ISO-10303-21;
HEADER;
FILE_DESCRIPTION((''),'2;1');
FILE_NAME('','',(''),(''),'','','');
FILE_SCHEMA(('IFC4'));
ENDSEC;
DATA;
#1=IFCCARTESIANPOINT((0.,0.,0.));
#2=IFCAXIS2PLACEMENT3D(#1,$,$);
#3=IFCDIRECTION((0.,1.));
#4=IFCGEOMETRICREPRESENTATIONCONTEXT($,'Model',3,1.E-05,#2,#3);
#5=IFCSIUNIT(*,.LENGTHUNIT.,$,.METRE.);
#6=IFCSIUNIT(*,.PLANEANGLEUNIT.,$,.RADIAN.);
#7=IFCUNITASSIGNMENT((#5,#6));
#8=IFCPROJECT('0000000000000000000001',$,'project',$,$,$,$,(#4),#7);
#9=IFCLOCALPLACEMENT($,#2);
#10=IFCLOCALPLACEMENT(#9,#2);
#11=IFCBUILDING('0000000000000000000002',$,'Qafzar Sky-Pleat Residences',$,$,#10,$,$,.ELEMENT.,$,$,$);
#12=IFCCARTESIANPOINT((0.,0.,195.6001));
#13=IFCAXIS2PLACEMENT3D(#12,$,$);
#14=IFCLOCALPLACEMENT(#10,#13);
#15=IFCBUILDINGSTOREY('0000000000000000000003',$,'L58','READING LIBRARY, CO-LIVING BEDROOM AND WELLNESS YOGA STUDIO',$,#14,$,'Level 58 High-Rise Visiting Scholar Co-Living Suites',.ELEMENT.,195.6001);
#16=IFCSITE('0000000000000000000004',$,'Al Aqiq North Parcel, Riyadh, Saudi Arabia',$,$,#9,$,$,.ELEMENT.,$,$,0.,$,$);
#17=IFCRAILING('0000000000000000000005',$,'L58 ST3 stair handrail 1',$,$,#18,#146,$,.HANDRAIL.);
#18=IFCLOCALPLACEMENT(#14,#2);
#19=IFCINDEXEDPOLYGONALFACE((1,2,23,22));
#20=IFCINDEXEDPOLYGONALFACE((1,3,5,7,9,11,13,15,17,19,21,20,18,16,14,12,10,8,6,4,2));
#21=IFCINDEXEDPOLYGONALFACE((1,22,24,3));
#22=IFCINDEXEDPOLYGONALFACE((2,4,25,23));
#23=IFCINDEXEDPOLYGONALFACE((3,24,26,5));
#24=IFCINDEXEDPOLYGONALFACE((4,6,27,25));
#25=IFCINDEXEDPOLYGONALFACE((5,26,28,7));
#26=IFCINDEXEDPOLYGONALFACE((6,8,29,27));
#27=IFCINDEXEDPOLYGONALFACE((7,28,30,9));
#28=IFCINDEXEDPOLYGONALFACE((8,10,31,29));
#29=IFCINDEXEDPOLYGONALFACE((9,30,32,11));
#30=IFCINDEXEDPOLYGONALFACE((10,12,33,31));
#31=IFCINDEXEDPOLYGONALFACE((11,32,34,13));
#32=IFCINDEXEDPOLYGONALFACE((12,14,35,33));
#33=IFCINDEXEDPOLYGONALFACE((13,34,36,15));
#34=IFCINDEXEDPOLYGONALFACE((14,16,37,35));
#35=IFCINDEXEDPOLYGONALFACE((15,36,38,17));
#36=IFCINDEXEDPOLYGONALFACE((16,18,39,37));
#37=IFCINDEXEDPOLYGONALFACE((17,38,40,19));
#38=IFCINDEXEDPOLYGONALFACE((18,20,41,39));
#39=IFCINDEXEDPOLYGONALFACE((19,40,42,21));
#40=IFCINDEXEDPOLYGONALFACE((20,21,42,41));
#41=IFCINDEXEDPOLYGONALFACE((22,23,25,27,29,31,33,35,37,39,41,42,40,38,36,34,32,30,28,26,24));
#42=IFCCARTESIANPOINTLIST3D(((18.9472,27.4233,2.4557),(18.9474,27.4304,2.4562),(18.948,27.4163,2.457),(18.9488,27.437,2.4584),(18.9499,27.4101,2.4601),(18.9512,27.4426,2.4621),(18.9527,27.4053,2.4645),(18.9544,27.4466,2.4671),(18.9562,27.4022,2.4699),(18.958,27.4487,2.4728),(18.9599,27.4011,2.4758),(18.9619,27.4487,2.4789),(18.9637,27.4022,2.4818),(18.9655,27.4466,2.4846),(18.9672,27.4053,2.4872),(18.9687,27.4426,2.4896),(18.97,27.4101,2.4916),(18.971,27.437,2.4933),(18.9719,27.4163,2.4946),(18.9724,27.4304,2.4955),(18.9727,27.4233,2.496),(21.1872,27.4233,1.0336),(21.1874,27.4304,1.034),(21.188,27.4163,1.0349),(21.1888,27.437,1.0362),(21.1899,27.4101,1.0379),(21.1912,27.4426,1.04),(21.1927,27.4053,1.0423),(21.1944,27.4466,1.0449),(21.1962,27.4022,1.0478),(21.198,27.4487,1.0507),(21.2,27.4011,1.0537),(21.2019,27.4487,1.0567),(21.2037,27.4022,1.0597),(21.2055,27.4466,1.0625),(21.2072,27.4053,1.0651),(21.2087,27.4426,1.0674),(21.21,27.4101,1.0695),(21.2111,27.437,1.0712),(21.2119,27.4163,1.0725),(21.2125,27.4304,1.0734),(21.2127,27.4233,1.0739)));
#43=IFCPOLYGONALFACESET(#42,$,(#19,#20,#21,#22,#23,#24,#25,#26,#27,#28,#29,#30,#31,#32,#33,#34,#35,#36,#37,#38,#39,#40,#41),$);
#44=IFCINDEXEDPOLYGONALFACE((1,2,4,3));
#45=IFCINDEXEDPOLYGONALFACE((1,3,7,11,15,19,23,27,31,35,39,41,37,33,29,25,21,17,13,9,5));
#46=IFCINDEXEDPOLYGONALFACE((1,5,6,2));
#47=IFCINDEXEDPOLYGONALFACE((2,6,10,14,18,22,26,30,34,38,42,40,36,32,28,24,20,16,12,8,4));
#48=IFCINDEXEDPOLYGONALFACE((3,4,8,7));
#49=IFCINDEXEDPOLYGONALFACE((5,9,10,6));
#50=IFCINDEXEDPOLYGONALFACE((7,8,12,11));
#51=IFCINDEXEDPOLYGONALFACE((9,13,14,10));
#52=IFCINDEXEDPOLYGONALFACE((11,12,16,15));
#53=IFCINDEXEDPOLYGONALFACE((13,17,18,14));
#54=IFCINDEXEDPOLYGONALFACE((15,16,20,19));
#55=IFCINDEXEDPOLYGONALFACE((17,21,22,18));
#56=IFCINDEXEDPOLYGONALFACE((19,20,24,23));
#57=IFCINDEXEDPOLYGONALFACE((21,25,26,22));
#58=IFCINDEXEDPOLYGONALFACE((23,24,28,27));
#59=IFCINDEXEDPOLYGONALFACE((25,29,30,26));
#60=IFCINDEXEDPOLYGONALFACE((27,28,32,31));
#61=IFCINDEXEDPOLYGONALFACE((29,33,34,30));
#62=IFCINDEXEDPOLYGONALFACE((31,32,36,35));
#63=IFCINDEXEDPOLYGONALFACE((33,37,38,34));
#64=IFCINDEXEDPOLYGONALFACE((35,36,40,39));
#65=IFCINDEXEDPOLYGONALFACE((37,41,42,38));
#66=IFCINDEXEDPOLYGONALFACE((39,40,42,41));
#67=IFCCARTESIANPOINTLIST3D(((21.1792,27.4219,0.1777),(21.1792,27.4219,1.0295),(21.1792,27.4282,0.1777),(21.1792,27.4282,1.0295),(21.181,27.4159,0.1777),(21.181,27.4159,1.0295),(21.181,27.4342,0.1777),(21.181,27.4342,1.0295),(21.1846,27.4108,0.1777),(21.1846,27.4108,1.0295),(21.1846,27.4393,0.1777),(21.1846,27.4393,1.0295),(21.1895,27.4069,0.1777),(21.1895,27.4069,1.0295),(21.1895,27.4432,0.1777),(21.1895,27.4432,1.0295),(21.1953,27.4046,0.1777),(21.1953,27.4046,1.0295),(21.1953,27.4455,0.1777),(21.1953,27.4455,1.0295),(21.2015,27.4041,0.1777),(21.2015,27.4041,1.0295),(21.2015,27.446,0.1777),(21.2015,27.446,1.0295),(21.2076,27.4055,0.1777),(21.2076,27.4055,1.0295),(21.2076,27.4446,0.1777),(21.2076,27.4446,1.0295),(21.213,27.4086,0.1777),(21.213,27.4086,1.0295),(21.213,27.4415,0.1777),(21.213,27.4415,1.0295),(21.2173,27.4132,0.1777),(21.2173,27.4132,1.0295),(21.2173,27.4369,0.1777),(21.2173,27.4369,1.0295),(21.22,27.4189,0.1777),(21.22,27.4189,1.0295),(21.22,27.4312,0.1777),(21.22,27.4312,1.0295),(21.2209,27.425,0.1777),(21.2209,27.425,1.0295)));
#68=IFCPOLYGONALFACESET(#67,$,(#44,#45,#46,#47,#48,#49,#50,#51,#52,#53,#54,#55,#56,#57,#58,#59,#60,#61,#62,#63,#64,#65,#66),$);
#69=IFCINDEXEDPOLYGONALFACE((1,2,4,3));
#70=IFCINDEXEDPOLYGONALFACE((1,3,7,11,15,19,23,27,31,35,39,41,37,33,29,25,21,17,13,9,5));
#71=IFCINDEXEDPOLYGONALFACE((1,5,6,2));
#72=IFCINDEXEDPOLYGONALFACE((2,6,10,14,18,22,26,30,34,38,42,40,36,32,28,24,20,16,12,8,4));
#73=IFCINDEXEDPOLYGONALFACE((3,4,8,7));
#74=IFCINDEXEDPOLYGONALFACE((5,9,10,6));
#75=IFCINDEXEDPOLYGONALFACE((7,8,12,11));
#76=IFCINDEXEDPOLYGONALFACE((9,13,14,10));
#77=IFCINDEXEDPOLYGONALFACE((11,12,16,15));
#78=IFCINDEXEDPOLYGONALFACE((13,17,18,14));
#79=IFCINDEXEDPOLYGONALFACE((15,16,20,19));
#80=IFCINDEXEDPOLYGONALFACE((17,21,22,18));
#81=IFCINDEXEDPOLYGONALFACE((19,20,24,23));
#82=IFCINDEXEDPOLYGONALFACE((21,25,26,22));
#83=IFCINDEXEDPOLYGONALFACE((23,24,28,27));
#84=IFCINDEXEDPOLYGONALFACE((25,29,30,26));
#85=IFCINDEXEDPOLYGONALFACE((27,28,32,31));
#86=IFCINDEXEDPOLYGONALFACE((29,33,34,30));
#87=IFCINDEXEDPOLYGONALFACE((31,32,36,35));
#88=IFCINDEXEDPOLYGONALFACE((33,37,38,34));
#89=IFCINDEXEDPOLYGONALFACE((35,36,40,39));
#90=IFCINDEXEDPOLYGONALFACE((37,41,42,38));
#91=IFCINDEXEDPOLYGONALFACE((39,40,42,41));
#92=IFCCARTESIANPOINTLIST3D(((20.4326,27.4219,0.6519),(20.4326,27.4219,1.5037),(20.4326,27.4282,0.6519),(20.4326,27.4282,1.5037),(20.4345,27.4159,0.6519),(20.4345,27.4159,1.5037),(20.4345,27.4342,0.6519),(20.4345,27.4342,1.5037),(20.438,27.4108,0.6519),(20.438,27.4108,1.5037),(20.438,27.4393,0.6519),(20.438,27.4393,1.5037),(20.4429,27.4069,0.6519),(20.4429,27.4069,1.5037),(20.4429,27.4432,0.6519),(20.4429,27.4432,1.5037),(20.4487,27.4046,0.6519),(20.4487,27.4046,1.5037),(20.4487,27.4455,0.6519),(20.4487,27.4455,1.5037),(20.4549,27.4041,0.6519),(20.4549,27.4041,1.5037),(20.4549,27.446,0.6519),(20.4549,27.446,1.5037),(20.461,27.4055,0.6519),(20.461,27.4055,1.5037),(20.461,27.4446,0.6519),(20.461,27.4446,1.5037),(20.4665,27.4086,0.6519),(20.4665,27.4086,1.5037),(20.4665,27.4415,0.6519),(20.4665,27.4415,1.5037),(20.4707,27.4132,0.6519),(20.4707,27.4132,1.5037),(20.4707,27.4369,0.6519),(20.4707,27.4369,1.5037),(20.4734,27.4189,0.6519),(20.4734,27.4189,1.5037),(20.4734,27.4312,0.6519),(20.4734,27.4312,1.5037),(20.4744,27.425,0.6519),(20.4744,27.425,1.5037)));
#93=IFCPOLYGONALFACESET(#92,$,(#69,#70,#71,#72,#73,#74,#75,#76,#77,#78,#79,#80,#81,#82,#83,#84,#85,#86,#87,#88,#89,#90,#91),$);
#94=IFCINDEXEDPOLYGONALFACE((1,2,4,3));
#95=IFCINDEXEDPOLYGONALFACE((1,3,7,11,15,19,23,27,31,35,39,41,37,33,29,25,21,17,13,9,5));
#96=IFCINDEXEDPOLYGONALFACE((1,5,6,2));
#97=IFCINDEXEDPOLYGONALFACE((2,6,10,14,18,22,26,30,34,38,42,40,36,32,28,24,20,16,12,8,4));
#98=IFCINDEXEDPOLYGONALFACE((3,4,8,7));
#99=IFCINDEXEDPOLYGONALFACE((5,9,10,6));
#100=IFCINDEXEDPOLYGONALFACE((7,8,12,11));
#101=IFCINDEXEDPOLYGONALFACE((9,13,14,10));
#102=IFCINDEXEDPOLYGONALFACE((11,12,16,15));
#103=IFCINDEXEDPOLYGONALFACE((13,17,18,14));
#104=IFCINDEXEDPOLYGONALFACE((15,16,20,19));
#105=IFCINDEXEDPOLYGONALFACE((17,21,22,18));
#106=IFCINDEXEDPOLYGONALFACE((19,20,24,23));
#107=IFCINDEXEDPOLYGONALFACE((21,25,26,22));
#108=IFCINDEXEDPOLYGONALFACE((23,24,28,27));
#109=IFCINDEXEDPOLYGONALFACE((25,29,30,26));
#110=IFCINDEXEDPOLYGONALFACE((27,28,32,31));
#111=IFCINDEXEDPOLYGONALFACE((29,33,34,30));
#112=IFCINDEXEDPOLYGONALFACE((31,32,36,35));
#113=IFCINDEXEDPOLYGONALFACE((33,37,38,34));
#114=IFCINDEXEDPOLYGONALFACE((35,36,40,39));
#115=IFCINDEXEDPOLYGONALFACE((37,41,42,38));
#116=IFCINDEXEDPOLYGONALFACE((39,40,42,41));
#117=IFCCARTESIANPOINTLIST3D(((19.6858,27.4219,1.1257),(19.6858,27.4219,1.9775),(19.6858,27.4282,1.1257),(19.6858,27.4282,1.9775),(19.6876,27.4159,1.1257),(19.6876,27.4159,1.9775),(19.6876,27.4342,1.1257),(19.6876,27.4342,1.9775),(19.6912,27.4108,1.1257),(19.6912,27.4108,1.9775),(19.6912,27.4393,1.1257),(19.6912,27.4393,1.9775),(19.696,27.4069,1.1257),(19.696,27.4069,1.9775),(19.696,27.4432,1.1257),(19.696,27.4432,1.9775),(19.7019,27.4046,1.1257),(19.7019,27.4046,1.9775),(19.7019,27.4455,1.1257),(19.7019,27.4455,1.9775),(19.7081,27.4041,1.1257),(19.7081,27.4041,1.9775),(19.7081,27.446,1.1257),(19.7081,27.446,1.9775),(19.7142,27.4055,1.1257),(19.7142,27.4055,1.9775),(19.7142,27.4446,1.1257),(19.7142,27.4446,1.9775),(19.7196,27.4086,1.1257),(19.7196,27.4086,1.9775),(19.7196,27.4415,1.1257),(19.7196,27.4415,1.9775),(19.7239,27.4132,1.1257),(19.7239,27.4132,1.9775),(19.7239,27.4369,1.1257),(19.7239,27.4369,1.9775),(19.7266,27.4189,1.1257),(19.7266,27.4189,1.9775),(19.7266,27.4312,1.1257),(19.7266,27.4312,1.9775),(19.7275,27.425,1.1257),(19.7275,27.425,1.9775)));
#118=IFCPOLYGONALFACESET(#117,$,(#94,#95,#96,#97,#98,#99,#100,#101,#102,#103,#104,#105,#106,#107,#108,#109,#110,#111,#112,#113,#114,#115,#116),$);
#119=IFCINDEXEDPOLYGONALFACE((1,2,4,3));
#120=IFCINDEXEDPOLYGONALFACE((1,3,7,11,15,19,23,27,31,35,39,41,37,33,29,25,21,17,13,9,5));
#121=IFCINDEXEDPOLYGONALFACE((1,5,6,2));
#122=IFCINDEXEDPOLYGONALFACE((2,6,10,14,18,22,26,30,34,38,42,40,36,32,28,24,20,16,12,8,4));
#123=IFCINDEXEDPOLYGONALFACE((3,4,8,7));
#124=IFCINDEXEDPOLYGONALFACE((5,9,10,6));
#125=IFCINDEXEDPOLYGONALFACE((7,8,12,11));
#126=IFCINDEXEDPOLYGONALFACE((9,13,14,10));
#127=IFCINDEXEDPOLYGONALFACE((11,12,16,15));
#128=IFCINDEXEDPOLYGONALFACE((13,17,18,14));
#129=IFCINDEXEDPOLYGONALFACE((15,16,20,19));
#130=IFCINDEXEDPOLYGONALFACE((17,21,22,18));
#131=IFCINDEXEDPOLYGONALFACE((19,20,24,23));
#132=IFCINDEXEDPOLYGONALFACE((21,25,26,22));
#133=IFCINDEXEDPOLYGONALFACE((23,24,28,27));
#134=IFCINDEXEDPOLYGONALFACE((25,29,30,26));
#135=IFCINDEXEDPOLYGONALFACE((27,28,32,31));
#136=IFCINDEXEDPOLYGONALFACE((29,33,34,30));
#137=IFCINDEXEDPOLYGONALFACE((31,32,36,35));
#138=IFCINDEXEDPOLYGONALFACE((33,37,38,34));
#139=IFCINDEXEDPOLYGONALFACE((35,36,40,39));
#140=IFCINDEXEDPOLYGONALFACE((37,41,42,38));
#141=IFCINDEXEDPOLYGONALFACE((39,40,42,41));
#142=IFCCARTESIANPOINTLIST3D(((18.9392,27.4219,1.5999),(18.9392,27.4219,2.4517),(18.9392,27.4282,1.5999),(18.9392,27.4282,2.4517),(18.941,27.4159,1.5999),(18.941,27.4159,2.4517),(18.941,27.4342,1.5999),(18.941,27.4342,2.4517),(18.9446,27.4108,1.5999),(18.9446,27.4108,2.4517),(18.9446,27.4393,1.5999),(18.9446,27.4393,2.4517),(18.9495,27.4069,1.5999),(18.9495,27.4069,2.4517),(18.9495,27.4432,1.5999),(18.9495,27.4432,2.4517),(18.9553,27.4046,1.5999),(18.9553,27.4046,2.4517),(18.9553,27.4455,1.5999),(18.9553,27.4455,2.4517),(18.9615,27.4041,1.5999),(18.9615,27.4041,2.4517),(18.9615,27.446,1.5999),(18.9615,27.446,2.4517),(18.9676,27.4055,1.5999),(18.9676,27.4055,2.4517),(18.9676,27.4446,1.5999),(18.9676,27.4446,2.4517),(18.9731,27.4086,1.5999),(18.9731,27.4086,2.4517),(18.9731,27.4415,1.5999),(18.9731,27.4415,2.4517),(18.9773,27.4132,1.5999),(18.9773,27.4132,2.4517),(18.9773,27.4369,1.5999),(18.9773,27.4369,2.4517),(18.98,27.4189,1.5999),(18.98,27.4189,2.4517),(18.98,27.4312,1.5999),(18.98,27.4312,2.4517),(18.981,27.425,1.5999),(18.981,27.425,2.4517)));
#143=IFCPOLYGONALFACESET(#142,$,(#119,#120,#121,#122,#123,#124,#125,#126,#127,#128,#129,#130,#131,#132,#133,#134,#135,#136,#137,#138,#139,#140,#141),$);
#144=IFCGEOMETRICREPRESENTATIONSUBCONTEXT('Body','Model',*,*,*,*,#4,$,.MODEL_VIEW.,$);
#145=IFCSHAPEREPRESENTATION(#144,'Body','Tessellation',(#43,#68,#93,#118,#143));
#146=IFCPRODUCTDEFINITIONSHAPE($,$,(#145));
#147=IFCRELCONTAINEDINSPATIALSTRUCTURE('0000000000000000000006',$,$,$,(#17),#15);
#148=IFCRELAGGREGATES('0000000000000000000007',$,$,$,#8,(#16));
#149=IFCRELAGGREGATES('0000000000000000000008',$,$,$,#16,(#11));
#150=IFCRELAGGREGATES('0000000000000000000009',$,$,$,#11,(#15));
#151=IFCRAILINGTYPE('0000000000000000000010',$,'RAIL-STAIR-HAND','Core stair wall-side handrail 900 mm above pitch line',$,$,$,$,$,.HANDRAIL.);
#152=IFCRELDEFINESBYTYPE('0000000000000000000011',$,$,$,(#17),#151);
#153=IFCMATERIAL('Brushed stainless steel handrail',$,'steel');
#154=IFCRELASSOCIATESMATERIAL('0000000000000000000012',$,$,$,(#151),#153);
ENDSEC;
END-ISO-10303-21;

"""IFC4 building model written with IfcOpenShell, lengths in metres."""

from ifc_helpers import new_model, si_unit, direction, frame, origin, origin_2d, place, context, subcontext, project, spatial, circle, extrude, source, transform, mapped, material, type_object, element, save


model = new_model("IFC4")

# Units and contexts
model_context = context("Model", 3, precision=1e-05, world=origin(), true_north=direction((0.0, 1.0)))
body_context = subcontext(model_context, "Body", "Model", "MODEL_VIEW")
ifc_project = project(units=[si_unit("LENGTHUNIT", "METRE"), si_unit("PLANEANGLEUNIT", "RADIAN")], contexts=[model_context])

# Site, building, storey
site_placement = place(None, origin())
site = spatial("IfcSite", under=ifc_project, at=site_placement, Name="Al Aqiq North Parcel, Riyadh, Saudi Arabia", CompositionType="ELEMENT", RefElevation=0.0)
building_placement = place(site_placement, origin())
building = spatial("IfcBuilding", under=site, at=building_placement, Name="Qafzar Sky-Pleat Residences", CompositionType="ELEMENT")
storey_placement = place(building_placement, frame((0.0, 0.0, 195.6001)))
storey = spatial("IfcBuildingStorey", under=building, at=storey_placement, Name="L58", Description="READING LIBRARY, CO-LIVING BEDROOM AND WELLNESS YOGA STUDIO", LongName="Level 58 High-Rise Visiting Scholar Co-Living Suites", CompositionType="ELEMENT", Elevation=195.6001)

# Railing
ifc_material_1 = material(Name="Brushed stainless steel handrail", Category="steel")
railing_type_1 = type_object("IfcRailingType", Name="RAIL-STAIR-HAND", Description="Core stair wall-side handrail 900 mm above pitch line", PredefinedType="HANDRAIL", material=ifc_material_1)
shared_shape_1 = source(origin(), body_context, "Body", "SweptSolid", [
    extrude(circle(Radius=0.0239, at=origin_2d()), frame((0.0, 0.0, 0.876), z_axis=(-0.844229, 0.0, 0.535982), x_axis=(0.0, -1.0, 0.0)), (0.0, 0.0, 1.0), 2.6533),
    extrude(circle(Radius=0.021, at=origin_2d()), origin(), (0.0, 0.0, 1.0), 0.8518),
    extrude(circle(Radius=0.021, at=origin_2d()), frame((-0.7466, 0.0, 0.4741)), (0.0, 0.0, 1.0), 0.8518),
    extrude(circle(Radius=0.021, at=origin_2d()), frame((-1.4934, 0.0, 0.948)), (0.0, 0.0, 1.0), 0.8518),
    extrude(circle(Radius=0.021, at=origin_2d()), frame((-2.24, 0.0, 1.4221)), (0.0, 0.0, 1.0), 0.8518),
])
railing_1_placement = place(storey_placement, frame((21.2, 27.425, 0.1777)))
element("IfcRailing", 1, at=railing_1_placement, inside=storey, type_object=railing_type_1, Name="L58 ST3 stair handrail 1", PredefinedType="HANDRAIL", context=body_context, shape_type="MappedRepresentation", body=[
    mapped(shared_shape_1, transform((0.0, 0.0, 0.0), x_axis=(1.0, 0.0, 0.0), y_axis=(0.0, 1.0, 0.0), z_axis=(0.0, 0.0, 1.0), scale=1.0)),
])

save(model, "model.ifc")
